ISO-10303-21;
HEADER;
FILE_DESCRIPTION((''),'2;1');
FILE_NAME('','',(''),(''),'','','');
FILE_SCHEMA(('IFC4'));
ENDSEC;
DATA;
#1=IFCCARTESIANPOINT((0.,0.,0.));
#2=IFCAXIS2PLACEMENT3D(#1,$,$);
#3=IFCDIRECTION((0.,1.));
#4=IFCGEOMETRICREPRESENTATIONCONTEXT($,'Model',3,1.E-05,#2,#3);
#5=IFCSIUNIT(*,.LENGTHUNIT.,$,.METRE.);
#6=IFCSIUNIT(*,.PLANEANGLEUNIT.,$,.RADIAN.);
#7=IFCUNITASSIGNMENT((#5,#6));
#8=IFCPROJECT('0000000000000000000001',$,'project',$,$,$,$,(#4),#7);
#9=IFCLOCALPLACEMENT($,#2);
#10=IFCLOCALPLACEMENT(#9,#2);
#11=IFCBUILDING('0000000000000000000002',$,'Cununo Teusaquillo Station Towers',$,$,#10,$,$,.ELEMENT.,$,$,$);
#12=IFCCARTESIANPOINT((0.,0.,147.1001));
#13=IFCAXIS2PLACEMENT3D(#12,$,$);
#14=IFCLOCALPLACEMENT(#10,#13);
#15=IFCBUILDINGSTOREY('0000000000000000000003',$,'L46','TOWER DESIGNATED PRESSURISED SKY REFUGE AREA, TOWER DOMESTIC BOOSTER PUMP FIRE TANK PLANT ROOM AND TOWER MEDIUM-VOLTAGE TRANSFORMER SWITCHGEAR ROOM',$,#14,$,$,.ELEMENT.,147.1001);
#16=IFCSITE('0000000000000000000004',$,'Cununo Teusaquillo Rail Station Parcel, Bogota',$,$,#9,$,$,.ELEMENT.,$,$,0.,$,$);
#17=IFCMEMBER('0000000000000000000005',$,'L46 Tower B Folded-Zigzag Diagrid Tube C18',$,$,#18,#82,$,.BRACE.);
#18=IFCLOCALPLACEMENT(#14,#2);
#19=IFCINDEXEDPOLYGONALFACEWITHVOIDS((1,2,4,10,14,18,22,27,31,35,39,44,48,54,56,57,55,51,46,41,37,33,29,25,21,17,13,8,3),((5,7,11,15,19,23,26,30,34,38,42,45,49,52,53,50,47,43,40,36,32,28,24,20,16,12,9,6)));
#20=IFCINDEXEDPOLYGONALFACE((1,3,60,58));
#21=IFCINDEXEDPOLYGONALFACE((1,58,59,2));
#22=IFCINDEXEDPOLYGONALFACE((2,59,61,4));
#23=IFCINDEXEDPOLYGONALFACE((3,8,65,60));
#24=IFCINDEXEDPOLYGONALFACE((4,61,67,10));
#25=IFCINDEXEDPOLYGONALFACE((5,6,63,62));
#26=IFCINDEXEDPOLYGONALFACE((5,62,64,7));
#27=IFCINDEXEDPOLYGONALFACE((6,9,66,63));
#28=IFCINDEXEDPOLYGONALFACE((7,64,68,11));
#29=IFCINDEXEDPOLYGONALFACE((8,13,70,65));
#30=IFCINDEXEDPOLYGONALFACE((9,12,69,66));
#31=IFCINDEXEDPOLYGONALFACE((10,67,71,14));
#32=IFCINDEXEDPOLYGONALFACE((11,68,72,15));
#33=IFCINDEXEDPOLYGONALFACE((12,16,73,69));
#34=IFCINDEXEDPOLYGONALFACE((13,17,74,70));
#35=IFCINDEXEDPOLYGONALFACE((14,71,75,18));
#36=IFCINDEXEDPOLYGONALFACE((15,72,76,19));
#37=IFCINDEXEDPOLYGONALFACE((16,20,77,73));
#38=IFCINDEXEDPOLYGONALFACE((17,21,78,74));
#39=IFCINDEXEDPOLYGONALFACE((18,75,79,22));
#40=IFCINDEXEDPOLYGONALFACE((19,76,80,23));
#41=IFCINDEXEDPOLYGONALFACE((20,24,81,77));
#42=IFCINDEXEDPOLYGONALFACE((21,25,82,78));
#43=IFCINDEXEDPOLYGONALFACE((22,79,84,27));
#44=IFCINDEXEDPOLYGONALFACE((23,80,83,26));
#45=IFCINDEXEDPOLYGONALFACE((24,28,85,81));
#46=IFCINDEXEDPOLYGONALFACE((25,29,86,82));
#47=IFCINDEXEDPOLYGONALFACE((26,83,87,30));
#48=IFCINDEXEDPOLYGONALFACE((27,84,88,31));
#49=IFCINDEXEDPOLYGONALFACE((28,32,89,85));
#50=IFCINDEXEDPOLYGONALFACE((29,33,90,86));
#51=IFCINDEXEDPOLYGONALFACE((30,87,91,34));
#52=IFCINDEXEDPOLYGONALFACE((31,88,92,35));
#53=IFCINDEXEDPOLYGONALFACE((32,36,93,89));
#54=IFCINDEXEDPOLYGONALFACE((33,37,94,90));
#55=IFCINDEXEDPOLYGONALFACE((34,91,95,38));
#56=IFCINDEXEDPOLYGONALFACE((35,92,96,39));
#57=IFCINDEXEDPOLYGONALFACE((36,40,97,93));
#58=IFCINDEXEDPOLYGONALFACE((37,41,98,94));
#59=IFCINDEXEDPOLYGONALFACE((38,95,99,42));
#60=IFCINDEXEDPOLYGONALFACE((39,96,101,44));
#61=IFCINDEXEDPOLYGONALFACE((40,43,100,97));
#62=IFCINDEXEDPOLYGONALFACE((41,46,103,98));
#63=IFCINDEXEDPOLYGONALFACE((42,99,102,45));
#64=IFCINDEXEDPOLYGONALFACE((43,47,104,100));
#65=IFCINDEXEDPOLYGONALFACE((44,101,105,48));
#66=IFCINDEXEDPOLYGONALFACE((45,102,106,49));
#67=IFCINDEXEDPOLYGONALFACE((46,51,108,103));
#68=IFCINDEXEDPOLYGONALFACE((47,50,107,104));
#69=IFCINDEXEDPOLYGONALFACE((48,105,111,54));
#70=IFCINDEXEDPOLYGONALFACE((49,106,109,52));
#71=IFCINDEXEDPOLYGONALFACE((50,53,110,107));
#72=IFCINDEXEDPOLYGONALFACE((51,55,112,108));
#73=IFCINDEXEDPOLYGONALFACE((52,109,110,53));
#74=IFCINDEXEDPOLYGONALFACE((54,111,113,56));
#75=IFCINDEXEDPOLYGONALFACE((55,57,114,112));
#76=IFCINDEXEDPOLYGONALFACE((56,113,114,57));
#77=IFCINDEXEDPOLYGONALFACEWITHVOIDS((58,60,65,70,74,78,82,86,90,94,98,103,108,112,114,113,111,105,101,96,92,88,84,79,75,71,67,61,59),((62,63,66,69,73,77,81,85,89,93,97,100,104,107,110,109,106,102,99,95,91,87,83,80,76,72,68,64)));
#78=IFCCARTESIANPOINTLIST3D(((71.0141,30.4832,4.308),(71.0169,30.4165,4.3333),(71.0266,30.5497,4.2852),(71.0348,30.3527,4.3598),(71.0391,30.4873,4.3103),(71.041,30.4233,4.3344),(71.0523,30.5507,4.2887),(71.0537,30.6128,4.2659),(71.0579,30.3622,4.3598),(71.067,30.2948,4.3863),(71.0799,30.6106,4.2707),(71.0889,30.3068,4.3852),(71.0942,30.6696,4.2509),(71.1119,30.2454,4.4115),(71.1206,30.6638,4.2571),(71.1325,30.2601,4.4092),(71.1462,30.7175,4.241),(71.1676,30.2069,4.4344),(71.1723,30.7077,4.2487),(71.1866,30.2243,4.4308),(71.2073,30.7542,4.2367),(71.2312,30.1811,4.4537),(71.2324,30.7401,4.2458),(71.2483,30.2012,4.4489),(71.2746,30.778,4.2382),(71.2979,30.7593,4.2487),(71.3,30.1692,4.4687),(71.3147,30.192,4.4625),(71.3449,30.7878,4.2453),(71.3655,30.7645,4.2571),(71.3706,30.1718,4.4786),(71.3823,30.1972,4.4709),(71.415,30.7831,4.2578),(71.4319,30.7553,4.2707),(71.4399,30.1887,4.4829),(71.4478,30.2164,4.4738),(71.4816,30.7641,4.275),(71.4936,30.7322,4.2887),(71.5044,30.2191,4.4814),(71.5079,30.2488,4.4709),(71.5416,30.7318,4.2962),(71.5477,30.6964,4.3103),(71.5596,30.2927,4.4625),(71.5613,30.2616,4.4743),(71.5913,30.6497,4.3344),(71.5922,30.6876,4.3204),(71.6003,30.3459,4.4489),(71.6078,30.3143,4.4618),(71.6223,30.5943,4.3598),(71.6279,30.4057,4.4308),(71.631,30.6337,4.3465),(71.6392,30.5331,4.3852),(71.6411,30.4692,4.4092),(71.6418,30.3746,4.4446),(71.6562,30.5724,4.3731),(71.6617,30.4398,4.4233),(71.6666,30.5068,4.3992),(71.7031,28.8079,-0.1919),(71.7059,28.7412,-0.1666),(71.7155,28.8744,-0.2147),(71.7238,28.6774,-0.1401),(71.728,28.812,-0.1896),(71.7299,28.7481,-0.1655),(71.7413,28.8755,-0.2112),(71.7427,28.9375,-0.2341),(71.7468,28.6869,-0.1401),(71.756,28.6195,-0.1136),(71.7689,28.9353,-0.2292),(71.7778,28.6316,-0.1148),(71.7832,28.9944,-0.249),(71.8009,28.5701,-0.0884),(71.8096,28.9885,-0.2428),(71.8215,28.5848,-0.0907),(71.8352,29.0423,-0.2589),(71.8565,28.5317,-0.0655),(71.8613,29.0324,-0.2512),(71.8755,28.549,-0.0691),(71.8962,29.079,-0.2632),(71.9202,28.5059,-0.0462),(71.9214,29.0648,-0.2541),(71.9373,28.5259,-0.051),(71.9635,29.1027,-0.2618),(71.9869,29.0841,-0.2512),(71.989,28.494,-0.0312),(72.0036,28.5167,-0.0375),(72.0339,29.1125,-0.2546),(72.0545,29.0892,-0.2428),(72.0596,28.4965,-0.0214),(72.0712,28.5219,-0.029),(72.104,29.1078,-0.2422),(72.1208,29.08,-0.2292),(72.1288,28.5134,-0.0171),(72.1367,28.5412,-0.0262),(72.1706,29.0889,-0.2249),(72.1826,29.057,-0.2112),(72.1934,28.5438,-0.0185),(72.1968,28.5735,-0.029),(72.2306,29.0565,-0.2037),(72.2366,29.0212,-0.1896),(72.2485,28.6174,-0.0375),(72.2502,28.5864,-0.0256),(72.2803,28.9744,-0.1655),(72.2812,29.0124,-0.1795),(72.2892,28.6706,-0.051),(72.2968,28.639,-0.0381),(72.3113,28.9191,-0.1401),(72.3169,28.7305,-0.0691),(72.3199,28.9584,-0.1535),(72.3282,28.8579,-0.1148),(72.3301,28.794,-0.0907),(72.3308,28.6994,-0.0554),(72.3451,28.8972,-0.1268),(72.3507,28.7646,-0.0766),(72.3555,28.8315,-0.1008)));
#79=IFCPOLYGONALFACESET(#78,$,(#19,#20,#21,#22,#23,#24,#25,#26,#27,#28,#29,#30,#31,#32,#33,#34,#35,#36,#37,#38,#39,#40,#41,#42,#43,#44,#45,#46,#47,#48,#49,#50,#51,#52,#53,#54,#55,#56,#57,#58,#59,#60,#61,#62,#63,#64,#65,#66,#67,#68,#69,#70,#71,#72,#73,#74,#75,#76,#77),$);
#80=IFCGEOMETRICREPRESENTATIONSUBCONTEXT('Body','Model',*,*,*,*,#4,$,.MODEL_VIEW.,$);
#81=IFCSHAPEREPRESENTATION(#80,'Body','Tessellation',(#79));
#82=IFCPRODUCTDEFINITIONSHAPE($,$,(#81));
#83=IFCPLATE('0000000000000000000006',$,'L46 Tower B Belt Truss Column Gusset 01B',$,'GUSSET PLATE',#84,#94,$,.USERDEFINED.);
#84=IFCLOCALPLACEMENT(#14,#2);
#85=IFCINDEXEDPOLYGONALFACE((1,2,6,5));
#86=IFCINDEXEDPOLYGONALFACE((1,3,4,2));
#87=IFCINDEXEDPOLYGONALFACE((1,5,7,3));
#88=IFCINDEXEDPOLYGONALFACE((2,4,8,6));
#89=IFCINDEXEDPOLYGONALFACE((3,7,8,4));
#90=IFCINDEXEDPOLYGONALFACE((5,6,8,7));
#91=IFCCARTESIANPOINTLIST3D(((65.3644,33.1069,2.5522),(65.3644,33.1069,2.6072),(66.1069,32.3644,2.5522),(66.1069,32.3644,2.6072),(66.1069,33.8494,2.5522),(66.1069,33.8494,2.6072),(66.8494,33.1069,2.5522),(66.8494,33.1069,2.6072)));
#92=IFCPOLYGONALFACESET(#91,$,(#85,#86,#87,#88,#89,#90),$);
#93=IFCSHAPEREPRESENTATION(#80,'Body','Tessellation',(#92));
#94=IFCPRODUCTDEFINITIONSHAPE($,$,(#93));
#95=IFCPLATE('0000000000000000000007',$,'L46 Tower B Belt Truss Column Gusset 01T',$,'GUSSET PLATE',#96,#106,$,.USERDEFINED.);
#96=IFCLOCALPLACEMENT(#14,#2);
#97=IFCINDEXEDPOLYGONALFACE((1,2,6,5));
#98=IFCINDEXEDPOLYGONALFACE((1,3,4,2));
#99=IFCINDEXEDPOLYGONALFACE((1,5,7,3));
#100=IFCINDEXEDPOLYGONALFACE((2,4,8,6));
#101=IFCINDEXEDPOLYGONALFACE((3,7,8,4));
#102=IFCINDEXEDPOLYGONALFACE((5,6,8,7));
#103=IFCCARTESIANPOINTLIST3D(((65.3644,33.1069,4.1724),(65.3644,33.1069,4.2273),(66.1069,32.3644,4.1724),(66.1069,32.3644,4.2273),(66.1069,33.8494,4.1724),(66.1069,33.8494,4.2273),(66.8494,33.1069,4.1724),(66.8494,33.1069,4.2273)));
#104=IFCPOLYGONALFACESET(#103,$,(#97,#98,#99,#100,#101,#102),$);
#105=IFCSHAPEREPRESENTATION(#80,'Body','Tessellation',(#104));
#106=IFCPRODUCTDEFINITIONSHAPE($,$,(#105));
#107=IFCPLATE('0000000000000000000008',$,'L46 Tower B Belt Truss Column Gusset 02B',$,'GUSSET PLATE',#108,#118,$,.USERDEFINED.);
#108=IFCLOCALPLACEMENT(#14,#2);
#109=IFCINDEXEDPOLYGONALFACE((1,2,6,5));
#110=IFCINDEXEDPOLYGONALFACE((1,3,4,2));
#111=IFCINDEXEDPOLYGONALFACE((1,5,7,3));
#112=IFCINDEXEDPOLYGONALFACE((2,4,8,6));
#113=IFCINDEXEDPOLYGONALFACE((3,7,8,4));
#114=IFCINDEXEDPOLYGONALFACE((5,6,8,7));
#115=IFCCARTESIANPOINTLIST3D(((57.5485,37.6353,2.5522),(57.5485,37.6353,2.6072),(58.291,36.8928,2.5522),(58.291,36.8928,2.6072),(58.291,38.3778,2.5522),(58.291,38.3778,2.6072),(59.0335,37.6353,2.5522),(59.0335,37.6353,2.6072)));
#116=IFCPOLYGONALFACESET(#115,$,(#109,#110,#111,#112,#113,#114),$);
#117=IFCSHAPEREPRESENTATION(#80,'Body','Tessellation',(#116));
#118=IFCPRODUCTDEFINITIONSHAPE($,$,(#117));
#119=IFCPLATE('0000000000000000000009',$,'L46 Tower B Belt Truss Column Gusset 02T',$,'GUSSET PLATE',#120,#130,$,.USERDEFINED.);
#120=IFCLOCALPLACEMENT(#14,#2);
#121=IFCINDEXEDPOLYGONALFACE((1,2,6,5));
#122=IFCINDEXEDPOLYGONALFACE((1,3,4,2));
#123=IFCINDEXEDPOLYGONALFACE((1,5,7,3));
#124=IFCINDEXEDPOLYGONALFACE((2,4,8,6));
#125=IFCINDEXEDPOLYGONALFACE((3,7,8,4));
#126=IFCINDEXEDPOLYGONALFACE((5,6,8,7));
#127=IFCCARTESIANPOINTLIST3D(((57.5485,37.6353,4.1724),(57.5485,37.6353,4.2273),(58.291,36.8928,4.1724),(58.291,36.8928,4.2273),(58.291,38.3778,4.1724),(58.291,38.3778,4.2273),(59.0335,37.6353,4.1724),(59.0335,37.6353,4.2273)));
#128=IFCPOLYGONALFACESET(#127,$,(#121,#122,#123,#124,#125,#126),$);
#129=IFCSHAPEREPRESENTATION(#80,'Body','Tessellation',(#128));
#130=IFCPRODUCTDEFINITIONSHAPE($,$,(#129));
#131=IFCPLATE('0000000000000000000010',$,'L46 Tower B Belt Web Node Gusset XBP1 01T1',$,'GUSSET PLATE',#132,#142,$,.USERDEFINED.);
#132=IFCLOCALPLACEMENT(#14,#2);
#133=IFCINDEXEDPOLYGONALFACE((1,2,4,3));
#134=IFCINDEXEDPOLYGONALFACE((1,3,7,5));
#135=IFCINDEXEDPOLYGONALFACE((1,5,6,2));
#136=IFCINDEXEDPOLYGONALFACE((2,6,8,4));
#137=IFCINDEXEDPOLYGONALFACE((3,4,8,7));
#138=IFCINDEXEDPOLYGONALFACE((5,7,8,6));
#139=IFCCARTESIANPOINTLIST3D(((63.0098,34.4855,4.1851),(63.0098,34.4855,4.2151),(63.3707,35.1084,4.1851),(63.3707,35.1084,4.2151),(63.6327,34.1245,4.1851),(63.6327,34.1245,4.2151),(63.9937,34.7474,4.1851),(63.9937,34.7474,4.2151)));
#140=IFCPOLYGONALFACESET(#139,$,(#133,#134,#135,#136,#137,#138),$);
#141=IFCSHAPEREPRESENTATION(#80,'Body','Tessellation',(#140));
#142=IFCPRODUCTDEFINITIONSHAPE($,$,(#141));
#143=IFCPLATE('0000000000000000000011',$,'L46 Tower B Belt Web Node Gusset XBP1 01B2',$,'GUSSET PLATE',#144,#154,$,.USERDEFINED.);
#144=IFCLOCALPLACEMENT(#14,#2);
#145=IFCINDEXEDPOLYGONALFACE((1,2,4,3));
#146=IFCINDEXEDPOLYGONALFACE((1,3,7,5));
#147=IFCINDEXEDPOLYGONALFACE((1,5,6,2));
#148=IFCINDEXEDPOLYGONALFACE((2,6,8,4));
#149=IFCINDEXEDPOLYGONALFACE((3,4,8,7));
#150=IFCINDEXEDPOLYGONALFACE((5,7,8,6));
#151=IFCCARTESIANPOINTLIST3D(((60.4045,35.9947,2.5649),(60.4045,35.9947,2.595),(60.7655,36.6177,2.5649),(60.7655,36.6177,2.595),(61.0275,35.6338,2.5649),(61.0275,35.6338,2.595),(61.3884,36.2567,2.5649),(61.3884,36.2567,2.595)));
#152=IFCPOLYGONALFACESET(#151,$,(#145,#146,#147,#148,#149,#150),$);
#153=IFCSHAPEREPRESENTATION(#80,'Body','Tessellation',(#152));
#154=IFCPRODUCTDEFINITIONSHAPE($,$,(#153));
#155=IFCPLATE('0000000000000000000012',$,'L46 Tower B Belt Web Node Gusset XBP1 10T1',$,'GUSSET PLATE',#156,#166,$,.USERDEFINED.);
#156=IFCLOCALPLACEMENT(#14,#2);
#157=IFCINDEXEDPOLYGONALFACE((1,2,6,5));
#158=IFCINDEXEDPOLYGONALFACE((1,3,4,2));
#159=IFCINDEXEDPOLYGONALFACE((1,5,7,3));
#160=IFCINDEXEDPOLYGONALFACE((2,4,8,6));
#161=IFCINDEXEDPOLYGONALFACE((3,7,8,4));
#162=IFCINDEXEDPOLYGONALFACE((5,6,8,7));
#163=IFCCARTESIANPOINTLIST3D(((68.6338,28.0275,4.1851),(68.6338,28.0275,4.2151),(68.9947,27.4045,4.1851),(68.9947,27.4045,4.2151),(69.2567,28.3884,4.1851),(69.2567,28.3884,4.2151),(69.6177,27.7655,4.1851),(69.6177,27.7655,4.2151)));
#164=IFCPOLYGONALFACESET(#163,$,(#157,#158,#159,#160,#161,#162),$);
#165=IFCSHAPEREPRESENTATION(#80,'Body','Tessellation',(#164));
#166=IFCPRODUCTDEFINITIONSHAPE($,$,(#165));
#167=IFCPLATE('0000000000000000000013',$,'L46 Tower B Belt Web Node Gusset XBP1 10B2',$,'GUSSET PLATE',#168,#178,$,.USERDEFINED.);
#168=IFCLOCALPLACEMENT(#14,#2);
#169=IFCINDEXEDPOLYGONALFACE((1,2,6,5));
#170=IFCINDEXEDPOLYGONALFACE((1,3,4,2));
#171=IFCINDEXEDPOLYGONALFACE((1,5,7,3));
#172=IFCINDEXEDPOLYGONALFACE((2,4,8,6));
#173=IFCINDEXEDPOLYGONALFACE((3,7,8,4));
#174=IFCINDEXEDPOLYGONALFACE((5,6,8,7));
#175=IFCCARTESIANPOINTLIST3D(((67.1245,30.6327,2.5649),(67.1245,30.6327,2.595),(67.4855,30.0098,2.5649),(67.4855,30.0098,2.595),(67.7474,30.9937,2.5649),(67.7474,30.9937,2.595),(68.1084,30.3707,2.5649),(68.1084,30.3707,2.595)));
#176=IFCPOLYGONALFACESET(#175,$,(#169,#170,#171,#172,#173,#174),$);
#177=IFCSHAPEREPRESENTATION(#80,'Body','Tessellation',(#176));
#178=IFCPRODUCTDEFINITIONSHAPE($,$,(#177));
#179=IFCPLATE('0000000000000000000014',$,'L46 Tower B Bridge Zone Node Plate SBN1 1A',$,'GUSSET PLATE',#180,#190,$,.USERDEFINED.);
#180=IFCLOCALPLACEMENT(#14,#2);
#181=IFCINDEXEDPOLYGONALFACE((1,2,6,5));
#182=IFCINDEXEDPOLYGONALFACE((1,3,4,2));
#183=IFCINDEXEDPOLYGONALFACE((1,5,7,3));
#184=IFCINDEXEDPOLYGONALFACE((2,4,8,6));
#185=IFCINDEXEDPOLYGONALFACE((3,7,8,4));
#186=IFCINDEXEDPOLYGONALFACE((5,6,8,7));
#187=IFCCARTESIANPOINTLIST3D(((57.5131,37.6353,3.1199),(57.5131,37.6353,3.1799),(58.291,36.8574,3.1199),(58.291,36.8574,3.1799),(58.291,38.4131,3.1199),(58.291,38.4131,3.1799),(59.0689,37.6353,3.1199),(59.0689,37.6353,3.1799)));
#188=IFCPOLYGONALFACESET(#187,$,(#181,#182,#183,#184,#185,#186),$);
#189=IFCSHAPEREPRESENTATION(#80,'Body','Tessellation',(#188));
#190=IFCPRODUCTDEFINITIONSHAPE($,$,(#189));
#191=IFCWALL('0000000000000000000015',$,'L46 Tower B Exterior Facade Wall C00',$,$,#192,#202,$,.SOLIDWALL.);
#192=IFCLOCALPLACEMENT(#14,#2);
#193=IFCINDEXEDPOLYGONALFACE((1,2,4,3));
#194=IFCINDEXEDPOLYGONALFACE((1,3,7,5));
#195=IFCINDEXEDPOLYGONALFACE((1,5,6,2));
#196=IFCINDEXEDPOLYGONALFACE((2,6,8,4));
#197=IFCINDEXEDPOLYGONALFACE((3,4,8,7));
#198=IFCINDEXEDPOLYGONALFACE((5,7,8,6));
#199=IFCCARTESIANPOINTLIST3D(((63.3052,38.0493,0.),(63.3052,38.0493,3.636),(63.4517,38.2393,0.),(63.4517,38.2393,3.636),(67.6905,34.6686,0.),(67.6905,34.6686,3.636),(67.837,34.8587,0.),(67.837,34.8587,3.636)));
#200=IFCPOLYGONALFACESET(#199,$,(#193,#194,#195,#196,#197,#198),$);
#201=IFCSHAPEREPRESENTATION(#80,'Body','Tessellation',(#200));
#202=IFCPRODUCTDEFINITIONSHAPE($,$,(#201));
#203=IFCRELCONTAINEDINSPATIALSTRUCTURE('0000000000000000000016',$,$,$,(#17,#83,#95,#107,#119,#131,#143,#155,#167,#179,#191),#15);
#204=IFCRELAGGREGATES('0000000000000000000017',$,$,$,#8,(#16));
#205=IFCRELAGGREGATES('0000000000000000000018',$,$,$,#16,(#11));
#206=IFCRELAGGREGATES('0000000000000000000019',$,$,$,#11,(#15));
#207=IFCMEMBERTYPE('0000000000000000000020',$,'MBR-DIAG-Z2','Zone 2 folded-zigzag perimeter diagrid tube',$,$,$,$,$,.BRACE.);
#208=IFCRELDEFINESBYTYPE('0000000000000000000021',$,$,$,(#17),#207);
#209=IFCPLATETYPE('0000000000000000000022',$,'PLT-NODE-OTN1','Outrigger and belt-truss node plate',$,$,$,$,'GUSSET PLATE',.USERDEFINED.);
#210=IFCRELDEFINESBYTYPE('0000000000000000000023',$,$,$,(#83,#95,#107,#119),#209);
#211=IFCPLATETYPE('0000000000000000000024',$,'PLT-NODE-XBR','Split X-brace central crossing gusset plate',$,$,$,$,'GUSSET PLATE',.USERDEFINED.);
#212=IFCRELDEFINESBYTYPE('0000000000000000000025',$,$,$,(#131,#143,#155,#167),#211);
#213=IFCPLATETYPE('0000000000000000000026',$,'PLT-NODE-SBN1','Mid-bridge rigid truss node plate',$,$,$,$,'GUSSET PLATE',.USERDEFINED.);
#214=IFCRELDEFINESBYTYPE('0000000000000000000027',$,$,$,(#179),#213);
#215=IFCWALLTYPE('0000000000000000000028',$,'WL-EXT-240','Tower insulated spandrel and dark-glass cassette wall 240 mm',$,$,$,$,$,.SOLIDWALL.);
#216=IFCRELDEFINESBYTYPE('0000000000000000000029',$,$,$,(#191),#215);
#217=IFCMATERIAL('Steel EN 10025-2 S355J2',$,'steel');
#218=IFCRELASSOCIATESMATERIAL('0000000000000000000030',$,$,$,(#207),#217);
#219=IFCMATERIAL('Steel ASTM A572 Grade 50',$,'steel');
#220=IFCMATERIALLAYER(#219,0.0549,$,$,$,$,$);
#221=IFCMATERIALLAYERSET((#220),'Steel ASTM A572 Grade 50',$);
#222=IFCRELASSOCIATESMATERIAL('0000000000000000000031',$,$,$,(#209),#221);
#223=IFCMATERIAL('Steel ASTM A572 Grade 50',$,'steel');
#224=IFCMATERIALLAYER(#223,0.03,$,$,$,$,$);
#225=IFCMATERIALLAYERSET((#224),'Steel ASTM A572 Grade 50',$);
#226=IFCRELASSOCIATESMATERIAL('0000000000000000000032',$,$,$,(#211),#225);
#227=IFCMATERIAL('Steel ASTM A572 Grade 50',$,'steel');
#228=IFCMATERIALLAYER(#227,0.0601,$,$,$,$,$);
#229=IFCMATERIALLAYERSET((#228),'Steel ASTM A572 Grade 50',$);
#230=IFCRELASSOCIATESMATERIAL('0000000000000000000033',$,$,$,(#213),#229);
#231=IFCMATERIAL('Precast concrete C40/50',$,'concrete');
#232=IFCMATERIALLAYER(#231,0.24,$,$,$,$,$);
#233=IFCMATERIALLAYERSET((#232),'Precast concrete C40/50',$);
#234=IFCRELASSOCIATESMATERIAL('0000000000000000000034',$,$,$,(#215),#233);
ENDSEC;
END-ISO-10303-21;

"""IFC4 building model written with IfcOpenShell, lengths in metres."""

from ifc_helpers import new_model, si_unit, direction, frame, frame_2d, origin, origin_2d, place, context, subcontext, project, spatial, rectangle, hollow_circle, extrude, source, transform, mapped, material, layer, layer_set, material_profile, profile_set, type_object, element, save


model = new_model("IFC4")

# Units and contexts
model_context = context("Model", 3, precision=1e-05, world=origin(), true_north=direction((0.0, 1.0)))
body_context = subcontext(model_context, "Body", "Model", "MODEL_VIEW")
ifc_project = project(units=[si_unit("LENGTHUNIT", "METRE"), si_unit("PLANEANGLEUNIT", "RADIAN")], contexts=[model_context])

# Site, building, storey
site_placement = place(None, origin())
site = spatial("IfcSite", under=ifc_project, at=site_placement, Name="Cununo Teusaquillo Rail Station Parcel, Bogota", CompositionType="ELEMENT", RefElevation=0.0)
building_placement = place(site_placement, origin())
building = spatial("IfcBuilding", under=site, at=building_placement, Name="Cununo Teusaquillo Station Towers", CompositionType="ELEMENT")
storey_placement = place(building_placement, frame((0.0, 0.0, 147.1001)))
storey = spatial("IfcBuildingStorey", under=building, at=storey_placement, Name="L46", Description="TOWER DESIGNATED PRESSURISED SKY REFUGE AREA, TOWER DOMESTIC BOOSTER PUMP FIRE TANK PLANT ROOM AND TOWER MEDIUM-VOLTAGE TRANSFORMER SWITCHGEAR ROOM", CompositionType="ELEMENT", Elevation=147.1001)

# Member
ifc_material_1 = material(Name="Steel EN 10025-2 S355J2", Category="steel")
ifc_material_profile_1 = material_profile(ifc_material_1, hollow_circle(Radius=0.3301, WallThickness=0.0249, at=origin_2d()), Name="CHS 660x25")
ifc_profile_set_1 = profile_set([ifc_material_profile_1], Name="Steel EN 10025-2 S355J2")
member_type_1 = type_object("IfcMemberType", Name="MBR-DIAG-Z2", Description="Zone 2 folded-zigzag perimeter diagrid tube", PredefinedType="BRACE", material=ifc_profile_set_1)
member_1_placement = place(storey_placement, frame((72.0291, 28.803, -0.1401), z_axis=(-0.142028, 0.345357, 0.927662), x_axis=(-0.924845, -0.380343, 0.0)))
element("IfcMember", 1, at=member_1_placement, inside=storey, type_object=member_type_1, Name="L46 Tower B Folded-Zigzag Diagrid Tube C18", PredefinedType="BRACE", context=body_context, shape_type="SweptSolid", body=[
    extrude(hollow_circle(Radius=0.3301, WallThickness=0.0249, at=origin_2d()), origin(), (0.0, 0.0, 1.0), 4.8508),
])

# Plates
ifc_material_2 = material(Name="Steel ASTM A572 Grade 50", Category="steel")
ifc_layer_1 = layer(ifc_material_2, 0.0549)
ifc_layer_set_1 = layer_set([ifc_layer_1], Name="Steel ASTM A572 Grade 50")
plate_type_1 = type_object("IfcPlateType", Name="PLT-NODE-OTN1", Description="Outrigger and belt-truss node plate", ElementType="GUSSET PLATE", PredefinedType="USERDEFINED", material=ifc_layer_set_1)
shared_shape_1 = source(origin(), body_context, "Body", "SweptSolid", [
    extrude(rectangle(XDim=1.05, YDim=1.05, at=origin_2d()), origin(), (0.0, 0.0, 1.0), 0.0549),
])
for number, where, z_axis, x_axis, name in (
    (2, (66.1069, 33.1069, 2.5522), (0.0, 0.0, 1.0), (0.707107, 0.707107, 0.0), "L46 Tower B Belt Truss Column Gusset 01B"),
    (3, (66.1069, 33.1069, 4.1724), (0.0, 0.0, 1.0), (0.707107, 0.707107, 0.0), "L46 Tower B Belt Truss Column Gusset 01T"),
    (4, (58.291, 37.6353, 2.5522), (0.0, 0.0, 1.0), (0.707107, 0.707107, 0.0), "L46 Tower B Belt Truss Column Gusset 02B"),
    (5, (58.291, 37.6353, 4.1724), (0.0, 0.0, 1.0), (0.707107, 0.707107, 0.0), "L46 Tower B Belt Truss Column Gusset 02T"),
):
    element("IfcPlate", number, at=place(storey_placement, frame(where, z_axis=z_axis, x_axis=x_axis)), inside=storey, type_object=plate_type_1, Name=name, ObjectType="GUSSET PLATE", PredefinedType="USERDEFINED", context=body_context, shape_type="MappedRepresentation", body=[
        mapped(shared_shape_1, transform((0.0, 0.0, 0.0), x_axis=(1.0, 0.0, 0.0), y_axis=(0.0, 1.0, 0.0), z_axis=(0.0, 0.0, 1.0), scale=1.0)),
    ])
ifc_material_3 = material(Name="Steel ASTM A572 Grade 50", Category="steel")
ifc_layer_2 = layer(ifc_material_3, 0.03)
ifc_layer_set_2 = layer_set([ifc_layer_2], Name="Steel ASTM A572 Grade 50")
plate_type_2 = type_object("IfcPlateType", Name="PLT-NODE-XBR", Description="Split X-brace central crossing gusset plate", ElementType="GUSSET PLATE", PredefinedType="USERDEFINED", material=ifc_layer_set_2)
shared_shape_2 = source(origin(), body_context, "Body", "SweptSolid", [
    extrude(rectangle(XDim=0.72, YDim=0.72, at=origin_2d()), origin(), (0.0, 0.0, 1.0), 0.03),
])
for number, where, z_axis, x_axis, name in (
    (6, (63.5017, 34.6165, 4.1851), (0.0, 0.0, 1.0), (-0.865239, 0.50136, 0.0), "L46 Tower B Belt Web Node Gusset XBP1 01T1"),
    (7, (60.8965, 36.1257, 2.5649), (0.0, 0.0, 1.0), (-0.865239, 0.50136, 0.0), "L46 Tower B Belt Web Node Gusset XBP1 01B2"),
    (8, (69.1257, 27.8965, 4.1851), (0.0, 0.0, 1.0), (-0.50136, 0.865239, 0.0), "L46 Tower B Belt Web Node Gusset XBP1 10T1"),
    (9, (67.6165, 30.5017, 2.5649), (0.0, 0.0, 1.0), (-0.50136, 0.865239, 0.0), "L46 Tower B Belt Web Node Gusset XBP1 10B2"),
):
    element("IfcPlate", number, at=place(storey_placement, frame(where, z_axis=z_axis, x_axis=x_axis)), inside=storey, type_object=plate_type_2, Name=name, ObjectType="GUSSET PLATE", PredefinedType="USERDEFINED", context=body_context, shape_type="MappedRepresentation", body=[
        mapped(shared_shape_2, transform((0.0, 0.0, 0.0), x_axis=(1.0, 0.0, 0.0), y_axis=(0.0, 1.0, 0.0), z_axis=(0.0, 0.0, 1.0), scale=1.0)),
    ])
ifc_material_4 = material(Name="Steel ASTM A572 Grade 50", Category="steel")
ifc_layer_3 = layer(ifc_material_4, 0.0601)
ifc_layer_set_3 = layer_set([ifc_layer_3], Name="Steel ASTM A572 Grade 50")
plate_type_3 = type_object("IfcPlateType", Name="PLT-NODE-SBN1", Description="Mid-bridge rigid truss node plate", ElementType="GUSSET PLATE", PredefinedType="USERDEFINED", material=ifc_layer_set_3)
shared_shape_3 = source(origin(), body_context, "Body", "SweptSolid", [
    extrude(rectangle(XDim=1.1001, YDim=1.1001, at=origin_2d()), origin(), (0.0, 0.0, 1.0), 0.0601),
])
plate_placement = place(storey_placement, frame((58.291, 37.6353, 3.1199), z_axis=(0.0, 0.0, 1.0), x_axis=(0.707107, 0.707107, 0.0)))
element("IfcPlate", 10, at=plate_placement, inside=storey, type_object=plate_type_3, Name="L46 Tower B Bridge Zone Node Plate SBN1 1A", ObjectType="GUSSET PLATE", PredefinedType="USERDEFINED", context=body_context, shape_type="MappedRepresentation", body=[
    mapped(shared_shape_3, transform((0.0, 0.0, 0.0), x_axis=(1.0, 0.0, 0.0), y_axis=(0.0, 1.0, 0.0), z_axis=(0.0, 0.0, 1.0), scale=1.0)),
])

# Wall
ifc_material_5 = material(Name="Precast concrete C40/50", Category="concrete")
ifc_layer_4 = layer(ifc_material_5, 0.24)
ifc_layer_set_4 = layer_set([ifc_layer_4], Name="Precast concrete C40/50")
wall_type_1 = type_object("IfcWallType", Name="WL-EXT-240", Description="Tower insulated spandrel and dark-glass cassette wall 240 mm", PredefinedType="SOLIDWALL", material=ifc_layer_set_4)
wall_1_placement = place(storey_placement, frame((63.3784, 38.1443, 0.0), z_axis=(0.0, 0.0, 1.0), x_axis=(0.791983, -0.610544, 0.0)))
element("IfcWall", 11, at=wall_1_placement, inside=storey, type_object=wall_type_1, Name="L46 Tower B Exterior Facade Wall C00", PredefinedType="SOLIDWALL", context=body_context, shape_type="SweptSolid", body=[
    extrude(rectangle(XDim=5.5371, YDim=0.24, at=frame_2d((2.7686, 0.0))), origin(), (0.0, 0.0, 1.0), 3.636),
])

save(model, "model.ifc")
